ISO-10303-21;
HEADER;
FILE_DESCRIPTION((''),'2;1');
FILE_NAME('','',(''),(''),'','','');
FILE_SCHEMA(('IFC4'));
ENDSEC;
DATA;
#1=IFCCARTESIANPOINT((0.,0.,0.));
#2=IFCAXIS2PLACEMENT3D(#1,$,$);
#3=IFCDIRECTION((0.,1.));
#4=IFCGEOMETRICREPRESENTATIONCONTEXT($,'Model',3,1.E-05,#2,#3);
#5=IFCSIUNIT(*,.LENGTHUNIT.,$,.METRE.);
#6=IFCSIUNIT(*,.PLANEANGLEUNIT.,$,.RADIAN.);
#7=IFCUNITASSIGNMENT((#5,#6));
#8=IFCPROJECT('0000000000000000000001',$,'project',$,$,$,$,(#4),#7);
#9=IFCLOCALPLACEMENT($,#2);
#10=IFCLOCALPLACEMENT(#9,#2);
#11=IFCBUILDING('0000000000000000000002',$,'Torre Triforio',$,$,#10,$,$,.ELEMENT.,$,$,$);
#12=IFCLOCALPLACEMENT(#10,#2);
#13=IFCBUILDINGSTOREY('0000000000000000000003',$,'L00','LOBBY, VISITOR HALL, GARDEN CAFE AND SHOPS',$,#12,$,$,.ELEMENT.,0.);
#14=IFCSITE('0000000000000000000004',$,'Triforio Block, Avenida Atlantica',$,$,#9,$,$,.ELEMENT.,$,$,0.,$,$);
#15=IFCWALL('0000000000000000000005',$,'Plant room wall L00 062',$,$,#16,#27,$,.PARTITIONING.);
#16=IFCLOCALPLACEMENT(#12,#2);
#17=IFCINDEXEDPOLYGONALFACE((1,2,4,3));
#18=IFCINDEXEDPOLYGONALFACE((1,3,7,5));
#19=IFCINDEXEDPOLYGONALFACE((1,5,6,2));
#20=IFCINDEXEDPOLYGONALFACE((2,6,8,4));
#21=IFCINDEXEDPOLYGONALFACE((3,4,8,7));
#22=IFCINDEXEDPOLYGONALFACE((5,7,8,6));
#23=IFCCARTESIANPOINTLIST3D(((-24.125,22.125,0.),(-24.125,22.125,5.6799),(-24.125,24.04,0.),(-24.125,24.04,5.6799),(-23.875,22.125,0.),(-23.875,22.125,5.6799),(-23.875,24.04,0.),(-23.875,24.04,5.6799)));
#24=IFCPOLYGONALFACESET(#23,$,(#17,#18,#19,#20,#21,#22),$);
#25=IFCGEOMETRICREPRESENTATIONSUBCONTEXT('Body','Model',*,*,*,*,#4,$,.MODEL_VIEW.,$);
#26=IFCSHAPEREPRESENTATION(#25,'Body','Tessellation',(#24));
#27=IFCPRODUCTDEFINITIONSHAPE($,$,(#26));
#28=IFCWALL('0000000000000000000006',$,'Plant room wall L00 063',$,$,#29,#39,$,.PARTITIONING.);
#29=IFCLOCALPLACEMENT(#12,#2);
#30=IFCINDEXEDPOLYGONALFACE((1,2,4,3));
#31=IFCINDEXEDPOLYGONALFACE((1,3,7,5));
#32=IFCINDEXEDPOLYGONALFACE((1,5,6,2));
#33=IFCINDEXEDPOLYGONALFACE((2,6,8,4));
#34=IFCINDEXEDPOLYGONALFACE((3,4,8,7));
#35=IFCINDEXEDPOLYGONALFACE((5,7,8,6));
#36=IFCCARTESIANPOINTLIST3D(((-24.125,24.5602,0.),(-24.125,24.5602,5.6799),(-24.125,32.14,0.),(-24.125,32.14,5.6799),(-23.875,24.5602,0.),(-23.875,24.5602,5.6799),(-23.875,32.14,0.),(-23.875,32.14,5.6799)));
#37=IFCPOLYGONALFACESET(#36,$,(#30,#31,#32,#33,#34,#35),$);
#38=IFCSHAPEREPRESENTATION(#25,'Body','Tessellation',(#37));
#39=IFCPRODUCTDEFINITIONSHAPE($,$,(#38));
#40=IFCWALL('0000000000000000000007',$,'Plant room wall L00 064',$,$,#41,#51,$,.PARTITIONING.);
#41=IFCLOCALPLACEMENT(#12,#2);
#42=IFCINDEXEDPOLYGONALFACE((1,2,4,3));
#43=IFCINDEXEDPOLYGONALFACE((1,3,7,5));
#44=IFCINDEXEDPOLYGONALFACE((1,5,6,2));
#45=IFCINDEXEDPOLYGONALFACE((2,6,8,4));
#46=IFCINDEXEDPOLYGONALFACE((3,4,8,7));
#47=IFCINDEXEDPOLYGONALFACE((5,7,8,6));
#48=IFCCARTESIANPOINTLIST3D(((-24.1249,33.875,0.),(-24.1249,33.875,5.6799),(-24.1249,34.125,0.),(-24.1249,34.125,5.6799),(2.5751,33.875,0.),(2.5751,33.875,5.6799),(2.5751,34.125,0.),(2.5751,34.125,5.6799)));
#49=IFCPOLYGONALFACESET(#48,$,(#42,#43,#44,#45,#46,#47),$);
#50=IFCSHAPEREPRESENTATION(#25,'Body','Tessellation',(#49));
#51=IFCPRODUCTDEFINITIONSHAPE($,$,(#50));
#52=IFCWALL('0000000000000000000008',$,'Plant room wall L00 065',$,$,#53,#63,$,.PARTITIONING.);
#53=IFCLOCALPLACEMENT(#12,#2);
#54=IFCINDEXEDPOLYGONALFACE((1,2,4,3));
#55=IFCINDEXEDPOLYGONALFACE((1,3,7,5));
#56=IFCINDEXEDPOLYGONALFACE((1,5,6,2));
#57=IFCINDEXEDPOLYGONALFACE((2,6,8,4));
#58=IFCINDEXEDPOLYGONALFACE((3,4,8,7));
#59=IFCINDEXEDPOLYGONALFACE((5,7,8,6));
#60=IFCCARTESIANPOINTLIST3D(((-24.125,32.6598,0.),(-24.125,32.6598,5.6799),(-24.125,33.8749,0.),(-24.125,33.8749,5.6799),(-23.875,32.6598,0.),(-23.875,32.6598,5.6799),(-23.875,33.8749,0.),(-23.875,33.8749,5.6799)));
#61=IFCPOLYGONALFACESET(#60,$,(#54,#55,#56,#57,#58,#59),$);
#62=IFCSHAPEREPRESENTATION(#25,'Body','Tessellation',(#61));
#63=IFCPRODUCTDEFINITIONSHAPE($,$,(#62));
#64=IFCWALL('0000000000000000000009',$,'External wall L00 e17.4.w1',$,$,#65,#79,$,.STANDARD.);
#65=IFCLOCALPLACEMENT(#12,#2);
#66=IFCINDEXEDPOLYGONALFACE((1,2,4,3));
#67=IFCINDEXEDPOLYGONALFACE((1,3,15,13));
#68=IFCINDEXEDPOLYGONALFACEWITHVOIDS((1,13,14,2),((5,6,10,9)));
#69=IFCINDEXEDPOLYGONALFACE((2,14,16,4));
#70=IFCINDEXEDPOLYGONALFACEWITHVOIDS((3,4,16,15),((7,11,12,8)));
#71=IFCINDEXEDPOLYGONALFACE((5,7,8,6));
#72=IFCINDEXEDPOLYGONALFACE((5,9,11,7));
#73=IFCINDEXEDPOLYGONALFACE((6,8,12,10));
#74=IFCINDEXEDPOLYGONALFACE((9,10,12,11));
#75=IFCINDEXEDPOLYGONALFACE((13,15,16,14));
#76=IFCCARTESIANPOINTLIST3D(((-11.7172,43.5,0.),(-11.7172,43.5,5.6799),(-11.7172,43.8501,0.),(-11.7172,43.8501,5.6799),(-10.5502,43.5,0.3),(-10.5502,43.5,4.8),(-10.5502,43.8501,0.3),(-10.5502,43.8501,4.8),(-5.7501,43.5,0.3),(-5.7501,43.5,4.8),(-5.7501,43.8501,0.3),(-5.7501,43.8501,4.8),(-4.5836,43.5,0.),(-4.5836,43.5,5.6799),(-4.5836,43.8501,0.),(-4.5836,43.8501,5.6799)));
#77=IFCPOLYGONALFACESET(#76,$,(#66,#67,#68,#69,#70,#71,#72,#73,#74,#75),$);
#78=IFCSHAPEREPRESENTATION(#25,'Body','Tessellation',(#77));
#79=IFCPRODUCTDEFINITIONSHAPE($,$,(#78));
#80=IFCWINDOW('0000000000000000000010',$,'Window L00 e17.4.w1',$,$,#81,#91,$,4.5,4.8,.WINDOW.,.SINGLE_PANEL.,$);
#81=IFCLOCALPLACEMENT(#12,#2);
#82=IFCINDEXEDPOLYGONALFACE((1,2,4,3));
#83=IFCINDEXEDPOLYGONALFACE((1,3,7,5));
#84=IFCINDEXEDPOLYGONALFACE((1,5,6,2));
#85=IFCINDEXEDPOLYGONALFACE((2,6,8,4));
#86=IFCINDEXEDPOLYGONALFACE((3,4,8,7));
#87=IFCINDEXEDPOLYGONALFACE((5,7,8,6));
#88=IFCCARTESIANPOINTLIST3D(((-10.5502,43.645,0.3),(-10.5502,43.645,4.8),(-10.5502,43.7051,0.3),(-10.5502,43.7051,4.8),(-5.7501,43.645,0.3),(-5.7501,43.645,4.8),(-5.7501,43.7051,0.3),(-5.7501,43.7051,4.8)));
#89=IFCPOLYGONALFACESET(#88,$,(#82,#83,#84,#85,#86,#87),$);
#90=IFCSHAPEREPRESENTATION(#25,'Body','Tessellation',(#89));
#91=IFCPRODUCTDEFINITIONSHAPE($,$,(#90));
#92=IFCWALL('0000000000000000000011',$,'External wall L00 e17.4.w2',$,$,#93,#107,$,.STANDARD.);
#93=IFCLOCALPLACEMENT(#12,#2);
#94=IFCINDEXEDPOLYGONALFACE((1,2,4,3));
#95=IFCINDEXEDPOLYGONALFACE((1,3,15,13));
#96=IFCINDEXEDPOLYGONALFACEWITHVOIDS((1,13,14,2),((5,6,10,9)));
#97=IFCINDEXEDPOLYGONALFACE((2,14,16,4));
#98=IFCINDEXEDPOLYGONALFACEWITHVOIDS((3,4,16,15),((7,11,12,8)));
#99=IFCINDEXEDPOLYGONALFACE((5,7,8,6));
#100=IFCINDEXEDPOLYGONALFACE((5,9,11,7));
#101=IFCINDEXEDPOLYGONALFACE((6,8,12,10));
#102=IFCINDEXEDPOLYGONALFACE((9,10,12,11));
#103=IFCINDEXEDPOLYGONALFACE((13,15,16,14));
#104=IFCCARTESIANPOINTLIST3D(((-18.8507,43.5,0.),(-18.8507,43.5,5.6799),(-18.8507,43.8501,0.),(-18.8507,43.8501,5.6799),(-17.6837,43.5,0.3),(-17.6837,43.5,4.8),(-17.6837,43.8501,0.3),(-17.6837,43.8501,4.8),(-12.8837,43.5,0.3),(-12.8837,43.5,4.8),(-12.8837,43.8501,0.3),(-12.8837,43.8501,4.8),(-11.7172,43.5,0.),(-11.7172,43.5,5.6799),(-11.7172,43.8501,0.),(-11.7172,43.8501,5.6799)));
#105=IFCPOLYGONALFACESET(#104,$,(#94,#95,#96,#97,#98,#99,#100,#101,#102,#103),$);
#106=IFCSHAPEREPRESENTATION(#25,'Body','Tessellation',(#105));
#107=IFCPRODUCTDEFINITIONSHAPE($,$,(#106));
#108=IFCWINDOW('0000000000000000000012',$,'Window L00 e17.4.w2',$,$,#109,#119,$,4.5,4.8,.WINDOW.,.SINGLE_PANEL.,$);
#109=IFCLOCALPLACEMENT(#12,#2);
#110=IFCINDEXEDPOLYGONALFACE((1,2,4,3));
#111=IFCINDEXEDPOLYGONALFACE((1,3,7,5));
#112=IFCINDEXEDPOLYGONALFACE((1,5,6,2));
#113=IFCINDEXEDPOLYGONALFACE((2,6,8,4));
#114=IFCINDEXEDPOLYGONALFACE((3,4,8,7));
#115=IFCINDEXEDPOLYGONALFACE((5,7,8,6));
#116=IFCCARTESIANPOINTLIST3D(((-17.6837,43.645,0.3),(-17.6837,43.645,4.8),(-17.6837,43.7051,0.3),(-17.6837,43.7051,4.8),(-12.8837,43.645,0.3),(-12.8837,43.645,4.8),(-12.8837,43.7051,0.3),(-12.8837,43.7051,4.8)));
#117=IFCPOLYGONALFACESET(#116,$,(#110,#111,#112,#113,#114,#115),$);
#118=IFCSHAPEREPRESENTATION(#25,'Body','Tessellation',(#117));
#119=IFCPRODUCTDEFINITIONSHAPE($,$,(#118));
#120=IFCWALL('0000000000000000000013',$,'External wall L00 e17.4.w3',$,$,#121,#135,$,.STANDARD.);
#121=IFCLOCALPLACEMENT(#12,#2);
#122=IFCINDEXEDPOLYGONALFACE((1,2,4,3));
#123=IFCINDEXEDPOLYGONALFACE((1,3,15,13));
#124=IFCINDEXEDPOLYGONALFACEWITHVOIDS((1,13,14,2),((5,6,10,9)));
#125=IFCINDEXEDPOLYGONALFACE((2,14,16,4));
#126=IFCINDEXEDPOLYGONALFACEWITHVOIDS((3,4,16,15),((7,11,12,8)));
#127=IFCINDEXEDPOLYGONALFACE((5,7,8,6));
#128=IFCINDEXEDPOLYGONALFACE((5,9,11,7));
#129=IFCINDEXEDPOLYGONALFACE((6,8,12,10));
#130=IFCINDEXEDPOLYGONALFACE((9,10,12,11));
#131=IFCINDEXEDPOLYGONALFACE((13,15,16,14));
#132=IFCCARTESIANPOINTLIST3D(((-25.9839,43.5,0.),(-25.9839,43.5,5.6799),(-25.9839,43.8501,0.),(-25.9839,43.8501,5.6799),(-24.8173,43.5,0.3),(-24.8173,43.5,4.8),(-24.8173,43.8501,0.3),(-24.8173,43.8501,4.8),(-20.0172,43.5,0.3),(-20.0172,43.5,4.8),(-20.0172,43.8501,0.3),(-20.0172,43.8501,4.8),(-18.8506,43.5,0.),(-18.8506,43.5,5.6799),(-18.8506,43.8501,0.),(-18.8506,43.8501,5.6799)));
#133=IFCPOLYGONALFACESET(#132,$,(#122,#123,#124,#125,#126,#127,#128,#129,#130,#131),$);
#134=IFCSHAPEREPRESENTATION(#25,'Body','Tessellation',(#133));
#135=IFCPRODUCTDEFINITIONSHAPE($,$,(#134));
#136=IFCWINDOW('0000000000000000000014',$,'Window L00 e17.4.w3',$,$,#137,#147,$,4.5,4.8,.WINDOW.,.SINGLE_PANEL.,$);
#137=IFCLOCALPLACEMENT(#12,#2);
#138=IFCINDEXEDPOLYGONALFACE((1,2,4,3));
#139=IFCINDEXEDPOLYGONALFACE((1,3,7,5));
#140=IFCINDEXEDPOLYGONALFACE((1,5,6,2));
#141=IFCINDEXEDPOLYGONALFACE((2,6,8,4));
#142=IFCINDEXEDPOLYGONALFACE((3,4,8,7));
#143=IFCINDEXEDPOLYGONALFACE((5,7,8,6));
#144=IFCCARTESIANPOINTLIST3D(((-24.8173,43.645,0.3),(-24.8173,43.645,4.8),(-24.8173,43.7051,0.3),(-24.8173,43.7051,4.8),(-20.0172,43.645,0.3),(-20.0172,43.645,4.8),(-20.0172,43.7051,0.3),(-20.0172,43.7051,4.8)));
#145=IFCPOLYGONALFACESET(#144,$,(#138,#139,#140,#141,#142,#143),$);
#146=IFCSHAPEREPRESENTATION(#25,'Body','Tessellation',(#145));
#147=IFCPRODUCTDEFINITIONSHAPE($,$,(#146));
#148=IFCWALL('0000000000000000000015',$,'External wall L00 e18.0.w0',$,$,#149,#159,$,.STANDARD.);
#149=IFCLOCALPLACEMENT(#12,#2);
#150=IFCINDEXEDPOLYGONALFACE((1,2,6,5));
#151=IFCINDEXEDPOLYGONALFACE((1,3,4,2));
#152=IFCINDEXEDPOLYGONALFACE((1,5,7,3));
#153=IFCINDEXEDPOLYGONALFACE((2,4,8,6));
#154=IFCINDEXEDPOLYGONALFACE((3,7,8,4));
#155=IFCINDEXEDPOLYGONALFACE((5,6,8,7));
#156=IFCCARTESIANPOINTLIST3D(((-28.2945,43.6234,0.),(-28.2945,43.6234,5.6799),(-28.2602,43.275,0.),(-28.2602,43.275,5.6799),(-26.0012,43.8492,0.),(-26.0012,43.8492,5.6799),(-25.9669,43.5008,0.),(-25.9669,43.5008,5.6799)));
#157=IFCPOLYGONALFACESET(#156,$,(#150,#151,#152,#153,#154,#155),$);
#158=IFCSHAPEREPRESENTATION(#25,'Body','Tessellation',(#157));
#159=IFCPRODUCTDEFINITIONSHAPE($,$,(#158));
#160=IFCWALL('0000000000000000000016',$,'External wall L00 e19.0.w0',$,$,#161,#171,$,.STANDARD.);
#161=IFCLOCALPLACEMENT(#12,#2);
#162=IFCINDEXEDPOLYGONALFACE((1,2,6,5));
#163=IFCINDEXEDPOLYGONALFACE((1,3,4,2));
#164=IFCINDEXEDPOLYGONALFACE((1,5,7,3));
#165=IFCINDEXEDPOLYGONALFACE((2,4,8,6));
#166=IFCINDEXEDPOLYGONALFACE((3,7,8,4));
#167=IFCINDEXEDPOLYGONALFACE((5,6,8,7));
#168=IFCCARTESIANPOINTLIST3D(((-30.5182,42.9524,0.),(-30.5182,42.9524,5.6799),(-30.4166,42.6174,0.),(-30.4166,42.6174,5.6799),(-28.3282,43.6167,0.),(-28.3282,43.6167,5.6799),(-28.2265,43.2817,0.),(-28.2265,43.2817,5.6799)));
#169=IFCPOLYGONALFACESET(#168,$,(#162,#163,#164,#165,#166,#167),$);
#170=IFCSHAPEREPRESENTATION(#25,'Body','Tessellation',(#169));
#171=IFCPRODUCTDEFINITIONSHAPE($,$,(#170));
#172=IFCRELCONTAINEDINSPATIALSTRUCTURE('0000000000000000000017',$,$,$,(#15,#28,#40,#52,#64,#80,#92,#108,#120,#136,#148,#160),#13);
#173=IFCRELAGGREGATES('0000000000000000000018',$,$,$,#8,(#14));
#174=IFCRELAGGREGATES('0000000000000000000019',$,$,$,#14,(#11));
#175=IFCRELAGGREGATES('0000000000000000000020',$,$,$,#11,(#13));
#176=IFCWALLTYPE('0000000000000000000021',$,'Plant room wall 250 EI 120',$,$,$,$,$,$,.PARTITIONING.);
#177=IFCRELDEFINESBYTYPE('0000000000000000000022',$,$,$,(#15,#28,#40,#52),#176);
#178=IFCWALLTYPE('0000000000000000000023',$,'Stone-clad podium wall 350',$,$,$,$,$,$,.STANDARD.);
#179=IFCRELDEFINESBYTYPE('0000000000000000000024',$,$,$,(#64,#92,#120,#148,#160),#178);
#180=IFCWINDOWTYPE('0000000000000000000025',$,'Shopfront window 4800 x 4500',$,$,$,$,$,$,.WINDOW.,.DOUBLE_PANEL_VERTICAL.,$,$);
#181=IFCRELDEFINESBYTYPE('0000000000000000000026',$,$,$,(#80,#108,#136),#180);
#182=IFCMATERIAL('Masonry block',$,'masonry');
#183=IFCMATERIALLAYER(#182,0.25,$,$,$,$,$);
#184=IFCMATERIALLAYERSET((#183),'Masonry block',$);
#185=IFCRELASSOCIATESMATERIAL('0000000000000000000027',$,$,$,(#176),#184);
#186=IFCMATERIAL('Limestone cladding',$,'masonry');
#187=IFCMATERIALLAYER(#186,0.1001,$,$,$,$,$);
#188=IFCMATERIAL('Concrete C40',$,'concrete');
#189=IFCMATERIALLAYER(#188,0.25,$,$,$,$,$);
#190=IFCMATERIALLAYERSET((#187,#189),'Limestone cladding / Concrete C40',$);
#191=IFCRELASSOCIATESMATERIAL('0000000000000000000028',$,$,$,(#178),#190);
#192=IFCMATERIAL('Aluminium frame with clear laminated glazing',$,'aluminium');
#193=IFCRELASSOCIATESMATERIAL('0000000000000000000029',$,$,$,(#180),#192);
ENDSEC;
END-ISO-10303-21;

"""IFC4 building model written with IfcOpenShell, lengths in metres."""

from ifc_helpers import new_model, si_unit, direction, frame, frame_2d, origin, place, context, subcontext, project, spatial, rectangle, extrude, material, layer, layer_set, type_object, element, fill, save


model = new_model("IFC4")

# Units and contexts
model_context = context("Model", 3, precision=1e-05, world=origin(), true_north=direction((0.0, 1.0)))
body_context = subcontext(model_context, "Body", "Model", "MODEL_VIEW")
ifc_project = project(units=[si_unit("LENGTHUNIT", "METRE"), si_unit("PLANEANGLEUNIT", "RADIAN")], contexts=[model_context])

# Site, building, storey
site_placement = place(None, origin())
site = spatial("IfcSite", under=ifc_project, at=site_placement, Name="Triforio Block, Avenida Atlantica", CompositionType="ELEMENT", RefElevation=0.0)
building_placement = place(site_placement, origin())
building = spatial("IfcBuilding", under=site, at=building_placement, Name="Torre Triforio", CompositionType="ELEMENT")
storey_placement = place(building_placement, origin())
storey = spatial("IfcBuildingStorey", under=building, at=storey_placement, Name="L00", Description="LOBBY, VISITOR HALL, GARDEN CAFE AND SHOPS", CompositionType="ELEMENT", Elevation=0.0)

# Walls
ifc_material_1 = material(Name="Masonry block", Category="masonry")
ifc_layer_1 = layer(ifc_material_1, 0.25)
ifc_layer_set_1 = layer_set([ifc_layer_1], Name="Masonry block")
wall_type_1 = type_object("IfcWallType", Name="Plant room wall 250 EI 120", PredefinedType="PARTITIONING", material=ifc_layer_set_1)
wall_1_placement = place(storey_placement, frame((-24.0, 22.125, 0.0), z_axis=(0.0, 0.0, 1.0), x_axis=(0.0, 1.0, 0.0)))
element("IfcWall", 1, at=wall_1_placement, inside=storey, type_object=wall_type_1, Name="Plant room wall L00 062", PredefinedType="PARTITIONING", context=body_context, shape_type="SweptSolid", body=[
    extrude(rectangle(XDim=1.915, YDim=0.25, at=frame_2d((0.9575, 0.0))), origin(), (0.0, 0.0, 1.0), 5.6799),
])
wall_2_placement = place(storey_placement, frame((-24.0, 24.5601, 0.0), z_axis=(0.0, 0.0, 1.0), x_axis=(0.0, 1.0, 0.0)))
element("IfcWall", 2, at=wall_2_placement, inside=storey, type_object=wall_type_1, Name="Plant room wall L00 063", PredefinedType="PARTITIONING", context=body_context, shape_type="SweptSolid", body=[
    extrude(rectangle(XDim=7.5798, YDim=0.25, at=frame_2d((3.79, 0.0))), origin(), (0.0, 0.0, 1.0), 5.6799),
])
wall_3_placement = place(storey_placement, frame((-24.125, 34.0, 0.0), z_axis=(0.0, 0.0, 1.0), x_axis=(1.0, 0.0, 0.0)))
element("IfcWall", 3, at=wall_3_placement, inside=storey, type_object=wall_type_1, Name="Plant room wall L00 064", PredefinedType="PARTITIONING", context=body_context, shape_type="SweptSolid", body=[
    extrude(rectangle(XDim=26.7, YDim=0.25, at=frame_2d((13.3501, 0.0))), origin(), (0.0, 0.0, 1.0), 5.6799),
])
wall_4_placement = place(storey_placement, frame((-24.0, 32.6599, 0.0), z_axis=(0.0, 0.0, 1.0), x_axis=(0.0, 1.0, 0.0)))
element("IfcWall", 4, at=wall_4_placement, inside=storey, type_object=wall_type_1, Name="Plant room wall L00 065", PredefinedType="PARTITIONING", context=body_context, shape_type="SweptSolid", body=[
    extrude(rectangle(XDim=1.2151, YDim=0.25, at=frame_2d((0.6074, 0.0))), origin(), (0.0, 0.0, 1.0), 5.6799),
])

# Walls, openings, windows
ifc_material_2 = material(Name="Limestone cladding", Category="masonry")
ifc_layer_2 = layer(ifc_material_2, 0.1001)
ifc_material_3 = material(Name="Concrete C40", Category="concrete")
ifc_layer_3 = layer(ifc_material_3, 0.25)
ifc_layer_set_2 = layer_set([ifc_layer_2, ifc_layer_3], Name="Limestone cladding / Concrete C40")
wall_type_2 = type_object("IfcWallType", Name="Stone-clad podium wall 350", PredefinedType="STANDARD", material=ifc_layer_set_2)
wall_5_placement = place(storey_placement, frame((-4.5835, 43.675, 0.0), z_axis=(0.0, 0.0, 1.0), x_axis=(-1.0, 0.0, 0.0)))
wall_5 = element("IfcWall", 5, at=wall_5_placement, inside=storey, type_object=wall_type_2, Name="External wall L00 e17.4.w1", PredefinedType="STANDARD", context=body_context, shape_type="SweptSolid", body=[
    extrude(rectangle(XDim=7.1335, YDim=0.3501, at=frame_2d((3.5669, 0.0))), origin(), (0.0, 0.0, 1.0), 5.6799),
])
opening_1_placement = place(wall_5_placement, frame((1.1667, 0.0, 0.3)))
opening_1 = element("IfcOpeningElement", 6, at=opening_1_placement, cuts=wall_5, PredefinedType="OPENING", context=body_context, shape_type="SweptSolid", body=[
    extrude(rectangle(XDim=4.8, YDim=4.5, at=frame_2d((2.3999, 2.25))), frame((0.0, 0.1851, 0.0), z_axis=(0.0, -1.0, 0.0), x_axis=(1.0, 0.0, 0.0)), (0.0, 0.0, 1.0), 0.3701),
])
ifc_material_4 = material(Name="Aluminium frame with clear laminated glazing", Category="aluminium")
window_type = type_object("IfcWindowType", Name="Shopfront window 4800 x 4500", PartitioningType="DOUBLE_PANEL_VERTICAL", PredefinedType="WINDOW", material=ifc_material_4)
window_1_placement = place(opening_1_placement, origin())
window_1 = element("IfcWindow", 7, at=window_1_placement, inside=storey, type_object=window_type, Name="Window L00 e17.4.w1", OverallHeight=4.5, OverallWidth=4.8, PartitioningType="SINGLE_PANEL", PredefinedType="WINDOW", context=body_context, shape_type="SweptSolid", body=[
    extrude(rectangle(XDim=4.8, YDim=4.5, at=frame_2d((2.3999, 2.25))), frame((0.0, 0.03, 0.0), z_axis=(0.0, -1.0, 0.0), x_axis=(1.0, 0.0, 0.0)), (0.0, 0.0, 1.0), 0.0601),
])
fill(opening_1, window_1)
wall_6_placement = place(storey_placement, frame((-11.717, 43.675, 0.0), z_axis=(0.0, 0.0, 1.0), x_axis=(-1.0, 0.0, 0.0)))
wall_6 = element("IfcWall", 8, at=wall_6_placement, inside=storey, type_object=wall_type_2, Name="External wall L00 e17.4.w2", PredefinedType="STANDARD", context=body_context, shape_type="SweptSolid", body=[
    extrude(rectangle(XDim=7.1335, YDim=0.3501, at=frame_2d((3.5669, 0.0))), origin(), (0.0, 0.0, 1.0), 5.6799),
])
opening_2_placement = place(wall_6_placement, frame((1.1667, 0.0, 0.3)))
opening_2 = element("IfcOpeningElement", 9, at=opening_2_placement, cuts=wall_6, PredefinedType="OPENING", context=body_context, shape_type="SweptSolid", body=[
    extrude(rectangle(XDim=4.8, YDim=4.5, at=frame_2d((2.3999, 2.25))), frame((0.0, 0.1851, 0.0), z_axis=(0.0, -1.0, 0.0), x_axis=(1.0, 0.0, 0.0)), (0.0, 0.0, 1.0), 0.3701),
])
window_2_placement = place(opening_2_placement, origin())
window_2 = element("IfcWindow", 10, at=window_2_placement, inside=storey, type_object=window_type, Name="Window L00 e17.4.w2", OverallHeight=4.5, OverallWidth=4.8, PartitioningType="SINGLE_PANEL", PredefinedType="WINDOW", context=body_context, shape_type="SweptSolid", body=[
    extrude(rectangle(XDim=4.8, YDim=4.5, at=frame_2d((2.3999, 2.25))), frame((0.0, 0.03, 0.0), z_axis=(0.0, -1.0, 0.0), x_axis=(1.0, 0.0, 0.0)), (0.0, 0.0, 1.0), 0.0601),
])
fill(opening_2, window_2)
wall_7_placement = place(storey_placement, frame((-18.8506, 43.675, 0.0), z_axis=(0.0, 0.0, 1.0), x_axis=(-1.0, 0.0, 0.0)))
wall_7 = element("IfcWall", 11, at=wall_7_placement, inside=storey, type_object=wall_type_2, Name="External wall L00 e17.4.w3", PredefinedType="STANDARD", context=body_context, shape_type="SweptSolid", body=[
    extrude(rectangle(XDim=7.1333, YDim=0.3501, at=frame_2d((3.5667, 0.0))), origin(), (0.0, 0.0, 1.0), 5.6799),
])
opening_3_placement = place(wall_7_placement, frame((1.1667, 0.0, 0.3)))
opening_3 = element("IfcOpeningElement", 12, at=opening_3_placement, cuts=wall_7, PredefinedType="OPENING", context=body_context, shape_type="SweptSolid", body=[
    extrude(rectangle(XDim=4.8, YDim=4.5, at=frame_2d((2.3999, 2.25))), frame((0.0, 0.1851, 0.0), z_axis=(0.0, -1.0, 0.0), x_axis=(1.0, 0.0, 0.0)), (0.0, 0.0, 1.0), 0.3701),
])
window_3_placement = place(opening_3_placement, origin())
window_3 = element("IfcWindow", 13, at=window_3_placement, inside=storey, type_object=window_type, Name="Window L00 e17.4.w3", OverallHeight=4.5, OverallWidth=4.8, PartitioningType="SINGLE_PANEL", PredefinedType="WINDOW", context=body_context, shape_type="SweptSolid", body=[
    extrude(rectangle(XDim=4.8, YDim=4.5, at=frame_2d((2.3999, 2.25))), frame((0.0, 0.03, 0.0), z_axis=(0.0, -1.0, 0.0), x_axis=(1.0, 0.0, 0.0)), (0.0, 0.0, 1.0), 0.0601),
])
fill(opening_3, window_3)

# Walls
wall_8_placement = place(storey_placement, frame((-25.9839, 43.675, 0.0), z_axis=(0.0, 0.0, 1.0), x_axis=(-0.995187, -0.097993, 0.0)))
element("IfcWall", 14, at=wall_8_placement, inside=storey, type_object=wall_type_2, Name="External wall L00 e18.0.w0", PredefinedType="STANDARD", context=body_context, shape_type="SweptSolid", body=[
    extrude(rectangle(XDim=2.3044, YDim=0.3501, at=frame_2d((1.1523, 0.0))), origin(), (0.0, 0.0, 1.0), 5.6799),
])
wall_9_placement = place(storey_placement, frame((-28.2773, 43.4492, 0.0), z_axis=(0.0, 0.0, 1.0), x_axis=(-0.956941, -0.290283, 0.0)))
element("IfcWall", 15, at=wall_9_placement, inside=storey, type_object=wall_type_2, Name="External wall L00 e19.0.w0", PredefinedType="STANDARD", context=body_context, shape_type="SweptSolid", body=[
    extrude(rectangle(XDim=2.2886, YDim=0.3501, at=frame_2d((1.1443, 0.0))), origin(), (0.0, 0.0, 1.0), 5.6799),
])

save(model, "model.ifc")
